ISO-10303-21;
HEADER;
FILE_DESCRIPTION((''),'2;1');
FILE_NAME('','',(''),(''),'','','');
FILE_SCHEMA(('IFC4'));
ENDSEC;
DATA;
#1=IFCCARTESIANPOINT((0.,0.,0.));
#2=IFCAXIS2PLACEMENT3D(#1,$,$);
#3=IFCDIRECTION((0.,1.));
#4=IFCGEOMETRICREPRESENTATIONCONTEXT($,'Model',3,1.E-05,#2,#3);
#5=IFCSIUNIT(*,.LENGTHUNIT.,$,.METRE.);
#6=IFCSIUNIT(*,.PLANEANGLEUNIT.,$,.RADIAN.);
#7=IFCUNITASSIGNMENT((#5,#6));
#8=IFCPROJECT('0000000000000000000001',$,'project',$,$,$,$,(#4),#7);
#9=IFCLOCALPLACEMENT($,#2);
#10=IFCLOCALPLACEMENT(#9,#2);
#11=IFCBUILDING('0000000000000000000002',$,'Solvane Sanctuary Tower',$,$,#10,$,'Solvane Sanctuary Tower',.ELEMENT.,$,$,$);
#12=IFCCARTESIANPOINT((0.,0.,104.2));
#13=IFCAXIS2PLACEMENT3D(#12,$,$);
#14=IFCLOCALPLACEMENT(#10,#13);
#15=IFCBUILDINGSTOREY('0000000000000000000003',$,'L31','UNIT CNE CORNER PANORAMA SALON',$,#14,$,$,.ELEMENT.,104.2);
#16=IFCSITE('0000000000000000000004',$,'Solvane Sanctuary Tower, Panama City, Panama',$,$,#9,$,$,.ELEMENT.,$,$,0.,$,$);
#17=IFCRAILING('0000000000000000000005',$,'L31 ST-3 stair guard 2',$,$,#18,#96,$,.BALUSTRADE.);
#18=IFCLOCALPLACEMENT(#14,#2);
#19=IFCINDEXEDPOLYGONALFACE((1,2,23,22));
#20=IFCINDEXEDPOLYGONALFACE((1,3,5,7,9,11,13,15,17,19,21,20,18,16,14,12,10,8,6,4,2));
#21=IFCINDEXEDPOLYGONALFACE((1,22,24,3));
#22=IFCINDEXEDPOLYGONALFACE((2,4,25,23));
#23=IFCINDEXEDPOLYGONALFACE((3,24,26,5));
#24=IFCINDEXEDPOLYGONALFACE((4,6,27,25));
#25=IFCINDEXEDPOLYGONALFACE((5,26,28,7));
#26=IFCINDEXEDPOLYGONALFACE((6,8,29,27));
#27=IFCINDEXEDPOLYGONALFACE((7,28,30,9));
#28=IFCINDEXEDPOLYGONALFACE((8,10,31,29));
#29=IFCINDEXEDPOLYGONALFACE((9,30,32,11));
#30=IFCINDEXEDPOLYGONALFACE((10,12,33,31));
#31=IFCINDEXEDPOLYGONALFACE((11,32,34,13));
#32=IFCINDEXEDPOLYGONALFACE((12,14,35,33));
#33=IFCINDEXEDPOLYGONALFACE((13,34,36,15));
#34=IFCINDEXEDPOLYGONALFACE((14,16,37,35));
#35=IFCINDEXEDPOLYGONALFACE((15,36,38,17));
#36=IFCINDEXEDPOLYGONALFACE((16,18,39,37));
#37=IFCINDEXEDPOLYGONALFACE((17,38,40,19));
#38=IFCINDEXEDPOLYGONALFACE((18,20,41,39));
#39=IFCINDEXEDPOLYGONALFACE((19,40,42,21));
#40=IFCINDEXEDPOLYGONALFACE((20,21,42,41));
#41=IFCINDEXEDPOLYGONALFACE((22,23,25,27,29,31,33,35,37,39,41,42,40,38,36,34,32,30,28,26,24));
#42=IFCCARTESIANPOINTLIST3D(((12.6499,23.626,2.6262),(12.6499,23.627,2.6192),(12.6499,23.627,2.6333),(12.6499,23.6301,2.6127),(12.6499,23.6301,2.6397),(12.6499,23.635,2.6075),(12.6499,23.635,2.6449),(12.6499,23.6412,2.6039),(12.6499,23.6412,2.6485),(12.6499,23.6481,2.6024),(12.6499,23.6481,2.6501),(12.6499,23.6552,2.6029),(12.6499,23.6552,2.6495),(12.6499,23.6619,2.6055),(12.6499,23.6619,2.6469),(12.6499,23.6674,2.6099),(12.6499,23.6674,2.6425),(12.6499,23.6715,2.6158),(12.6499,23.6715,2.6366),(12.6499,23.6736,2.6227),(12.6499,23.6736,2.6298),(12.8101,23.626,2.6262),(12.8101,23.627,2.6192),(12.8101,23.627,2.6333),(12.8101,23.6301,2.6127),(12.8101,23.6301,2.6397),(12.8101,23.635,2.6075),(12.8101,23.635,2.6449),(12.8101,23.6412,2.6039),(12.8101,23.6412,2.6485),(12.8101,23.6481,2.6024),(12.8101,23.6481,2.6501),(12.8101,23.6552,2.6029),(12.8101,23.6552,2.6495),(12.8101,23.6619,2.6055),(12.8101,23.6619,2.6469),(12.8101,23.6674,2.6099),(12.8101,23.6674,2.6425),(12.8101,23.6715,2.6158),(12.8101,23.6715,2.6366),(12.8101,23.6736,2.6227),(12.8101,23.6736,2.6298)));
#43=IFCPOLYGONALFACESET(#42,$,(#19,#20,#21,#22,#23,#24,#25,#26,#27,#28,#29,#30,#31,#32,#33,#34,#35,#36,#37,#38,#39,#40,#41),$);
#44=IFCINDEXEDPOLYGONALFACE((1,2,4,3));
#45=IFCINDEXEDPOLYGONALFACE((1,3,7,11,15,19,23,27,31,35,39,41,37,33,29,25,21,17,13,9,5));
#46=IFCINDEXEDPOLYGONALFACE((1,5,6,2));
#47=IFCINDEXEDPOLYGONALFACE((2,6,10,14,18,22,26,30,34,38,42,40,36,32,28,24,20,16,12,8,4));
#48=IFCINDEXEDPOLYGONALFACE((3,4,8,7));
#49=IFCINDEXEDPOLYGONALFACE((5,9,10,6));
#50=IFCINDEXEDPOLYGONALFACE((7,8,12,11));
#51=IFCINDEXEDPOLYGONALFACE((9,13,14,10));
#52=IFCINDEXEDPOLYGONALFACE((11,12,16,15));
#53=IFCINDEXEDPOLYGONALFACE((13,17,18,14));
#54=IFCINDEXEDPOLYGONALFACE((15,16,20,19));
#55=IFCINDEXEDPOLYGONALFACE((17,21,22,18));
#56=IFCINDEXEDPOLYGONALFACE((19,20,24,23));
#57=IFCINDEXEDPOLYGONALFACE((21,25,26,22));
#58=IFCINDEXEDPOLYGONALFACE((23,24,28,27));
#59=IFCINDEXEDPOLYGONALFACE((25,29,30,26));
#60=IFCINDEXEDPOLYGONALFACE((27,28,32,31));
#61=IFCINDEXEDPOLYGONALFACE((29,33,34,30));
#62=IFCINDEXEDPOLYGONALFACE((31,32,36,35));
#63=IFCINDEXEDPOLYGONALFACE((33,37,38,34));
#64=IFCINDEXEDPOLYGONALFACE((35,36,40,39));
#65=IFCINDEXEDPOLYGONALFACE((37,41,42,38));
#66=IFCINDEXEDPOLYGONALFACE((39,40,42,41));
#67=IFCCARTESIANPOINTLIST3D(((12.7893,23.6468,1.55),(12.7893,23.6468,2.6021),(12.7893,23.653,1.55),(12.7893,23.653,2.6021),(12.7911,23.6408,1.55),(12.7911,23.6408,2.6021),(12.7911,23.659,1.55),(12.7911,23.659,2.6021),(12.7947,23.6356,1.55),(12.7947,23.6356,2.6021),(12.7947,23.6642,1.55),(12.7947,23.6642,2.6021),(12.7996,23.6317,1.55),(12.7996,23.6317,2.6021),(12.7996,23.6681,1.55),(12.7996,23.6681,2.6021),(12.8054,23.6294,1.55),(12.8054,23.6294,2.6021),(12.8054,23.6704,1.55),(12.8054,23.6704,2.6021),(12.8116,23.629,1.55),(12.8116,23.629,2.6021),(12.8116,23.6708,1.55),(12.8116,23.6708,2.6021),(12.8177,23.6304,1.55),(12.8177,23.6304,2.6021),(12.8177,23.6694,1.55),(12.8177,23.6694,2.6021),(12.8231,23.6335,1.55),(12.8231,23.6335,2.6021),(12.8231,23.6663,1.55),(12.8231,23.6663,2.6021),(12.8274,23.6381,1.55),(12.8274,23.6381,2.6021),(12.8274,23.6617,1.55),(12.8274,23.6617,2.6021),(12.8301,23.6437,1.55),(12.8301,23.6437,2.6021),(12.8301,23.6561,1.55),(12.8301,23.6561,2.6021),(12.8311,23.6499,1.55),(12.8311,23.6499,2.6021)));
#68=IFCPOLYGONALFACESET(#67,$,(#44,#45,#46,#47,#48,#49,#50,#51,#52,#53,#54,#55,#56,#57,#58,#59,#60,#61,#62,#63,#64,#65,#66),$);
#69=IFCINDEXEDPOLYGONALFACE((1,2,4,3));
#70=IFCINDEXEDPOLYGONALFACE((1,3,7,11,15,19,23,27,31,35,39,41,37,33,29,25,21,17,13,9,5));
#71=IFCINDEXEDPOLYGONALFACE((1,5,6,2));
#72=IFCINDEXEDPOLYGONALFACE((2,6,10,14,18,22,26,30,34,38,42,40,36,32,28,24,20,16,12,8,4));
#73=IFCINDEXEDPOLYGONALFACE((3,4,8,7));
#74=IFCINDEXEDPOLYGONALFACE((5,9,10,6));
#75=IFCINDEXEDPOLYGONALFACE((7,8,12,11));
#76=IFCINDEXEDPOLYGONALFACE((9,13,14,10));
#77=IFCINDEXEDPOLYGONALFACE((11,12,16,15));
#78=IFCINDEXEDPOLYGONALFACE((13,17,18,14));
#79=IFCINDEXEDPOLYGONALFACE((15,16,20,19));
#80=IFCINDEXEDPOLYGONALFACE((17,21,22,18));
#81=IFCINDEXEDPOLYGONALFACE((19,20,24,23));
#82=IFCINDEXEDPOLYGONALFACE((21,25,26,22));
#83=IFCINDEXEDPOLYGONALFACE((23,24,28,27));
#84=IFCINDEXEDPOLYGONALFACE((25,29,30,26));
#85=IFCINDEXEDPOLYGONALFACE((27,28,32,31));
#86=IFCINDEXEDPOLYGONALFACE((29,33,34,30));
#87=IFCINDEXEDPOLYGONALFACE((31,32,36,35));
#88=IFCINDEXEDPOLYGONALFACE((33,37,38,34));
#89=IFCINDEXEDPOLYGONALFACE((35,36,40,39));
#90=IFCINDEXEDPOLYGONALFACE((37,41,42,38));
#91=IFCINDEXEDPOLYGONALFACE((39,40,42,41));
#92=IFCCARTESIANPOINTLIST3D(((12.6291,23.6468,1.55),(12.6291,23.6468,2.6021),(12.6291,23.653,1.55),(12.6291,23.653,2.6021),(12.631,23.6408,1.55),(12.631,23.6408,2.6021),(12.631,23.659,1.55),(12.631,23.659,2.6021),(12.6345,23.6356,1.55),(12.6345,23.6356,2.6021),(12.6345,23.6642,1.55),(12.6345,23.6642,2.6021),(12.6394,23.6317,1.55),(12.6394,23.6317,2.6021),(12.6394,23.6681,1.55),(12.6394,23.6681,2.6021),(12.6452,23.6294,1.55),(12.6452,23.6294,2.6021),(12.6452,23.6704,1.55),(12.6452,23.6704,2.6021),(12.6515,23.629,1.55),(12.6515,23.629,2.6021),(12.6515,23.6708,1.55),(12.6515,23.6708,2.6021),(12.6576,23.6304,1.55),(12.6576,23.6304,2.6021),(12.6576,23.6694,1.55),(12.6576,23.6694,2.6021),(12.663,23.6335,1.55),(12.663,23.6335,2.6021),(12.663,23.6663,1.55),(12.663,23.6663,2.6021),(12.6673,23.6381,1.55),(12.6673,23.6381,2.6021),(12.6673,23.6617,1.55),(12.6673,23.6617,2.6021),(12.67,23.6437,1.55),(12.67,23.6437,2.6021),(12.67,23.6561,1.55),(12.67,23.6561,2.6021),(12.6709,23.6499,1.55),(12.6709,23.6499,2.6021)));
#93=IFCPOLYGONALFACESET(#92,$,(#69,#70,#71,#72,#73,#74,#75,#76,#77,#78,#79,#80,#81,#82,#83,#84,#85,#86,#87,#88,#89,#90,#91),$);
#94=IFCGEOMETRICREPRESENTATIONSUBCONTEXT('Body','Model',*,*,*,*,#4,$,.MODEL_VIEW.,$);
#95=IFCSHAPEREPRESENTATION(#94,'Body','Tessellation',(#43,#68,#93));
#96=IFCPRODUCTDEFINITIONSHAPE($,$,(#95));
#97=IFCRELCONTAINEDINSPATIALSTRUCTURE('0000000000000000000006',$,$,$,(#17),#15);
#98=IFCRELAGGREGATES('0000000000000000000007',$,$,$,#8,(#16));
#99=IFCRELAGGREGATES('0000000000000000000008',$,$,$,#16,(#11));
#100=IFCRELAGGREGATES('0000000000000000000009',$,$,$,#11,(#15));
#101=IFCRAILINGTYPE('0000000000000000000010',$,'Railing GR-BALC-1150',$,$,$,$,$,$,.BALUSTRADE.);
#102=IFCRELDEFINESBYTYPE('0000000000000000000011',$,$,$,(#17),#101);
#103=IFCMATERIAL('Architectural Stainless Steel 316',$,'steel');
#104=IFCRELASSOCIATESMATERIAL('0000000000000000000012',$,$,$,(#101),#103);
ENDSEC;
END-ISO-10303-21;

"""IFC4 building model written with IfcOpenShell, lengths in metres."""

from ifc_helpers import new_model, si_unit, direction, frame, origin, origin_2d, place, context, subcontext, project, spatial, circle, extrude, material, type_object, element, save


model = new_model("IFC4")

# Units and contexts
model_context = context("Model", 3, precision=1e-05, world=origin(), true_north=direction((0.0, 1.0)))
body_context = subcontext(model_context, "Body", "Model", "MODEL_VIEW")
ifc_project = project(units=[si_unit("LENGTHUNIT", "METRE"), si_unit("PLANEANGLEUNIT", "RADIAN")], contexts=[model_context])

# Site, building, storey
site_placement = place(None, origin())
site = spatial("IfcSite", under=ifc_project, at=site_placement, Name="Solvane Sanctuary Tower, Panama City, Panama", CompositionType="ELEMENT", RefElevation=0.0)
building_placement = place(site_placement, origin())
building = spatial("IfcBuilding", under=site, at=building_placement, Name="Solvane Sanctuary Tower", LongName="Solvane Sanctuary Tower", CompositionType="ELEMENT")
storey_placement = place(building_placement, frame((0.0, 0.0, 104.2)))
storey = spatial("IfcBuildingStorey", under=building, at=storey_placement, Name="L31", Description="UNIT CNE CORNER PANORAMA SALON", CompositionType="ELEMENT", Elevation=104.2)

# Railing
ifc_material_1 = material(Name="Architectural Stainless Steel 316", Category="steel")
railing_type_1 = type_object("IfcRailingType", Name="Railing GR-BALC-1150", PredefinedType="BALUSTRADE", material=ifc_material_1)
railing_1_placement = place(storey_placement, frame((12.8101, 23.6499, 1.55)))
element("IfcRailing", 1, at=railing_1_placement, inside=storey, type_object=railing_type_1, Name="L31 ST-3 stair guard 2", PredefinedType="BALUSTRADE", context=body_context, shape_type="SweptSolid", body=[
    extrude(circle(Radius=0.0239, at=origin_2d()), frame((0.0, 0.0, 1.0762), z_axis=(-1.0, 0.0, 0.0), x_axis=(0.0, -1.0, 0.0)), (0.0, 0.0, 1.0), 0.1602),
    extrude(circle(Radius=0.021, at=origin_2d()), origin(), (0.0, 0.0, 1.0), 1.052),
    extrude(circle(Radius=0.021, at=origin_2d()), frame((-0.1602, 0.0, 0.0)), (0.0, 0.0, 1.0), 1.052),
])

save(model, "model.ifc")
